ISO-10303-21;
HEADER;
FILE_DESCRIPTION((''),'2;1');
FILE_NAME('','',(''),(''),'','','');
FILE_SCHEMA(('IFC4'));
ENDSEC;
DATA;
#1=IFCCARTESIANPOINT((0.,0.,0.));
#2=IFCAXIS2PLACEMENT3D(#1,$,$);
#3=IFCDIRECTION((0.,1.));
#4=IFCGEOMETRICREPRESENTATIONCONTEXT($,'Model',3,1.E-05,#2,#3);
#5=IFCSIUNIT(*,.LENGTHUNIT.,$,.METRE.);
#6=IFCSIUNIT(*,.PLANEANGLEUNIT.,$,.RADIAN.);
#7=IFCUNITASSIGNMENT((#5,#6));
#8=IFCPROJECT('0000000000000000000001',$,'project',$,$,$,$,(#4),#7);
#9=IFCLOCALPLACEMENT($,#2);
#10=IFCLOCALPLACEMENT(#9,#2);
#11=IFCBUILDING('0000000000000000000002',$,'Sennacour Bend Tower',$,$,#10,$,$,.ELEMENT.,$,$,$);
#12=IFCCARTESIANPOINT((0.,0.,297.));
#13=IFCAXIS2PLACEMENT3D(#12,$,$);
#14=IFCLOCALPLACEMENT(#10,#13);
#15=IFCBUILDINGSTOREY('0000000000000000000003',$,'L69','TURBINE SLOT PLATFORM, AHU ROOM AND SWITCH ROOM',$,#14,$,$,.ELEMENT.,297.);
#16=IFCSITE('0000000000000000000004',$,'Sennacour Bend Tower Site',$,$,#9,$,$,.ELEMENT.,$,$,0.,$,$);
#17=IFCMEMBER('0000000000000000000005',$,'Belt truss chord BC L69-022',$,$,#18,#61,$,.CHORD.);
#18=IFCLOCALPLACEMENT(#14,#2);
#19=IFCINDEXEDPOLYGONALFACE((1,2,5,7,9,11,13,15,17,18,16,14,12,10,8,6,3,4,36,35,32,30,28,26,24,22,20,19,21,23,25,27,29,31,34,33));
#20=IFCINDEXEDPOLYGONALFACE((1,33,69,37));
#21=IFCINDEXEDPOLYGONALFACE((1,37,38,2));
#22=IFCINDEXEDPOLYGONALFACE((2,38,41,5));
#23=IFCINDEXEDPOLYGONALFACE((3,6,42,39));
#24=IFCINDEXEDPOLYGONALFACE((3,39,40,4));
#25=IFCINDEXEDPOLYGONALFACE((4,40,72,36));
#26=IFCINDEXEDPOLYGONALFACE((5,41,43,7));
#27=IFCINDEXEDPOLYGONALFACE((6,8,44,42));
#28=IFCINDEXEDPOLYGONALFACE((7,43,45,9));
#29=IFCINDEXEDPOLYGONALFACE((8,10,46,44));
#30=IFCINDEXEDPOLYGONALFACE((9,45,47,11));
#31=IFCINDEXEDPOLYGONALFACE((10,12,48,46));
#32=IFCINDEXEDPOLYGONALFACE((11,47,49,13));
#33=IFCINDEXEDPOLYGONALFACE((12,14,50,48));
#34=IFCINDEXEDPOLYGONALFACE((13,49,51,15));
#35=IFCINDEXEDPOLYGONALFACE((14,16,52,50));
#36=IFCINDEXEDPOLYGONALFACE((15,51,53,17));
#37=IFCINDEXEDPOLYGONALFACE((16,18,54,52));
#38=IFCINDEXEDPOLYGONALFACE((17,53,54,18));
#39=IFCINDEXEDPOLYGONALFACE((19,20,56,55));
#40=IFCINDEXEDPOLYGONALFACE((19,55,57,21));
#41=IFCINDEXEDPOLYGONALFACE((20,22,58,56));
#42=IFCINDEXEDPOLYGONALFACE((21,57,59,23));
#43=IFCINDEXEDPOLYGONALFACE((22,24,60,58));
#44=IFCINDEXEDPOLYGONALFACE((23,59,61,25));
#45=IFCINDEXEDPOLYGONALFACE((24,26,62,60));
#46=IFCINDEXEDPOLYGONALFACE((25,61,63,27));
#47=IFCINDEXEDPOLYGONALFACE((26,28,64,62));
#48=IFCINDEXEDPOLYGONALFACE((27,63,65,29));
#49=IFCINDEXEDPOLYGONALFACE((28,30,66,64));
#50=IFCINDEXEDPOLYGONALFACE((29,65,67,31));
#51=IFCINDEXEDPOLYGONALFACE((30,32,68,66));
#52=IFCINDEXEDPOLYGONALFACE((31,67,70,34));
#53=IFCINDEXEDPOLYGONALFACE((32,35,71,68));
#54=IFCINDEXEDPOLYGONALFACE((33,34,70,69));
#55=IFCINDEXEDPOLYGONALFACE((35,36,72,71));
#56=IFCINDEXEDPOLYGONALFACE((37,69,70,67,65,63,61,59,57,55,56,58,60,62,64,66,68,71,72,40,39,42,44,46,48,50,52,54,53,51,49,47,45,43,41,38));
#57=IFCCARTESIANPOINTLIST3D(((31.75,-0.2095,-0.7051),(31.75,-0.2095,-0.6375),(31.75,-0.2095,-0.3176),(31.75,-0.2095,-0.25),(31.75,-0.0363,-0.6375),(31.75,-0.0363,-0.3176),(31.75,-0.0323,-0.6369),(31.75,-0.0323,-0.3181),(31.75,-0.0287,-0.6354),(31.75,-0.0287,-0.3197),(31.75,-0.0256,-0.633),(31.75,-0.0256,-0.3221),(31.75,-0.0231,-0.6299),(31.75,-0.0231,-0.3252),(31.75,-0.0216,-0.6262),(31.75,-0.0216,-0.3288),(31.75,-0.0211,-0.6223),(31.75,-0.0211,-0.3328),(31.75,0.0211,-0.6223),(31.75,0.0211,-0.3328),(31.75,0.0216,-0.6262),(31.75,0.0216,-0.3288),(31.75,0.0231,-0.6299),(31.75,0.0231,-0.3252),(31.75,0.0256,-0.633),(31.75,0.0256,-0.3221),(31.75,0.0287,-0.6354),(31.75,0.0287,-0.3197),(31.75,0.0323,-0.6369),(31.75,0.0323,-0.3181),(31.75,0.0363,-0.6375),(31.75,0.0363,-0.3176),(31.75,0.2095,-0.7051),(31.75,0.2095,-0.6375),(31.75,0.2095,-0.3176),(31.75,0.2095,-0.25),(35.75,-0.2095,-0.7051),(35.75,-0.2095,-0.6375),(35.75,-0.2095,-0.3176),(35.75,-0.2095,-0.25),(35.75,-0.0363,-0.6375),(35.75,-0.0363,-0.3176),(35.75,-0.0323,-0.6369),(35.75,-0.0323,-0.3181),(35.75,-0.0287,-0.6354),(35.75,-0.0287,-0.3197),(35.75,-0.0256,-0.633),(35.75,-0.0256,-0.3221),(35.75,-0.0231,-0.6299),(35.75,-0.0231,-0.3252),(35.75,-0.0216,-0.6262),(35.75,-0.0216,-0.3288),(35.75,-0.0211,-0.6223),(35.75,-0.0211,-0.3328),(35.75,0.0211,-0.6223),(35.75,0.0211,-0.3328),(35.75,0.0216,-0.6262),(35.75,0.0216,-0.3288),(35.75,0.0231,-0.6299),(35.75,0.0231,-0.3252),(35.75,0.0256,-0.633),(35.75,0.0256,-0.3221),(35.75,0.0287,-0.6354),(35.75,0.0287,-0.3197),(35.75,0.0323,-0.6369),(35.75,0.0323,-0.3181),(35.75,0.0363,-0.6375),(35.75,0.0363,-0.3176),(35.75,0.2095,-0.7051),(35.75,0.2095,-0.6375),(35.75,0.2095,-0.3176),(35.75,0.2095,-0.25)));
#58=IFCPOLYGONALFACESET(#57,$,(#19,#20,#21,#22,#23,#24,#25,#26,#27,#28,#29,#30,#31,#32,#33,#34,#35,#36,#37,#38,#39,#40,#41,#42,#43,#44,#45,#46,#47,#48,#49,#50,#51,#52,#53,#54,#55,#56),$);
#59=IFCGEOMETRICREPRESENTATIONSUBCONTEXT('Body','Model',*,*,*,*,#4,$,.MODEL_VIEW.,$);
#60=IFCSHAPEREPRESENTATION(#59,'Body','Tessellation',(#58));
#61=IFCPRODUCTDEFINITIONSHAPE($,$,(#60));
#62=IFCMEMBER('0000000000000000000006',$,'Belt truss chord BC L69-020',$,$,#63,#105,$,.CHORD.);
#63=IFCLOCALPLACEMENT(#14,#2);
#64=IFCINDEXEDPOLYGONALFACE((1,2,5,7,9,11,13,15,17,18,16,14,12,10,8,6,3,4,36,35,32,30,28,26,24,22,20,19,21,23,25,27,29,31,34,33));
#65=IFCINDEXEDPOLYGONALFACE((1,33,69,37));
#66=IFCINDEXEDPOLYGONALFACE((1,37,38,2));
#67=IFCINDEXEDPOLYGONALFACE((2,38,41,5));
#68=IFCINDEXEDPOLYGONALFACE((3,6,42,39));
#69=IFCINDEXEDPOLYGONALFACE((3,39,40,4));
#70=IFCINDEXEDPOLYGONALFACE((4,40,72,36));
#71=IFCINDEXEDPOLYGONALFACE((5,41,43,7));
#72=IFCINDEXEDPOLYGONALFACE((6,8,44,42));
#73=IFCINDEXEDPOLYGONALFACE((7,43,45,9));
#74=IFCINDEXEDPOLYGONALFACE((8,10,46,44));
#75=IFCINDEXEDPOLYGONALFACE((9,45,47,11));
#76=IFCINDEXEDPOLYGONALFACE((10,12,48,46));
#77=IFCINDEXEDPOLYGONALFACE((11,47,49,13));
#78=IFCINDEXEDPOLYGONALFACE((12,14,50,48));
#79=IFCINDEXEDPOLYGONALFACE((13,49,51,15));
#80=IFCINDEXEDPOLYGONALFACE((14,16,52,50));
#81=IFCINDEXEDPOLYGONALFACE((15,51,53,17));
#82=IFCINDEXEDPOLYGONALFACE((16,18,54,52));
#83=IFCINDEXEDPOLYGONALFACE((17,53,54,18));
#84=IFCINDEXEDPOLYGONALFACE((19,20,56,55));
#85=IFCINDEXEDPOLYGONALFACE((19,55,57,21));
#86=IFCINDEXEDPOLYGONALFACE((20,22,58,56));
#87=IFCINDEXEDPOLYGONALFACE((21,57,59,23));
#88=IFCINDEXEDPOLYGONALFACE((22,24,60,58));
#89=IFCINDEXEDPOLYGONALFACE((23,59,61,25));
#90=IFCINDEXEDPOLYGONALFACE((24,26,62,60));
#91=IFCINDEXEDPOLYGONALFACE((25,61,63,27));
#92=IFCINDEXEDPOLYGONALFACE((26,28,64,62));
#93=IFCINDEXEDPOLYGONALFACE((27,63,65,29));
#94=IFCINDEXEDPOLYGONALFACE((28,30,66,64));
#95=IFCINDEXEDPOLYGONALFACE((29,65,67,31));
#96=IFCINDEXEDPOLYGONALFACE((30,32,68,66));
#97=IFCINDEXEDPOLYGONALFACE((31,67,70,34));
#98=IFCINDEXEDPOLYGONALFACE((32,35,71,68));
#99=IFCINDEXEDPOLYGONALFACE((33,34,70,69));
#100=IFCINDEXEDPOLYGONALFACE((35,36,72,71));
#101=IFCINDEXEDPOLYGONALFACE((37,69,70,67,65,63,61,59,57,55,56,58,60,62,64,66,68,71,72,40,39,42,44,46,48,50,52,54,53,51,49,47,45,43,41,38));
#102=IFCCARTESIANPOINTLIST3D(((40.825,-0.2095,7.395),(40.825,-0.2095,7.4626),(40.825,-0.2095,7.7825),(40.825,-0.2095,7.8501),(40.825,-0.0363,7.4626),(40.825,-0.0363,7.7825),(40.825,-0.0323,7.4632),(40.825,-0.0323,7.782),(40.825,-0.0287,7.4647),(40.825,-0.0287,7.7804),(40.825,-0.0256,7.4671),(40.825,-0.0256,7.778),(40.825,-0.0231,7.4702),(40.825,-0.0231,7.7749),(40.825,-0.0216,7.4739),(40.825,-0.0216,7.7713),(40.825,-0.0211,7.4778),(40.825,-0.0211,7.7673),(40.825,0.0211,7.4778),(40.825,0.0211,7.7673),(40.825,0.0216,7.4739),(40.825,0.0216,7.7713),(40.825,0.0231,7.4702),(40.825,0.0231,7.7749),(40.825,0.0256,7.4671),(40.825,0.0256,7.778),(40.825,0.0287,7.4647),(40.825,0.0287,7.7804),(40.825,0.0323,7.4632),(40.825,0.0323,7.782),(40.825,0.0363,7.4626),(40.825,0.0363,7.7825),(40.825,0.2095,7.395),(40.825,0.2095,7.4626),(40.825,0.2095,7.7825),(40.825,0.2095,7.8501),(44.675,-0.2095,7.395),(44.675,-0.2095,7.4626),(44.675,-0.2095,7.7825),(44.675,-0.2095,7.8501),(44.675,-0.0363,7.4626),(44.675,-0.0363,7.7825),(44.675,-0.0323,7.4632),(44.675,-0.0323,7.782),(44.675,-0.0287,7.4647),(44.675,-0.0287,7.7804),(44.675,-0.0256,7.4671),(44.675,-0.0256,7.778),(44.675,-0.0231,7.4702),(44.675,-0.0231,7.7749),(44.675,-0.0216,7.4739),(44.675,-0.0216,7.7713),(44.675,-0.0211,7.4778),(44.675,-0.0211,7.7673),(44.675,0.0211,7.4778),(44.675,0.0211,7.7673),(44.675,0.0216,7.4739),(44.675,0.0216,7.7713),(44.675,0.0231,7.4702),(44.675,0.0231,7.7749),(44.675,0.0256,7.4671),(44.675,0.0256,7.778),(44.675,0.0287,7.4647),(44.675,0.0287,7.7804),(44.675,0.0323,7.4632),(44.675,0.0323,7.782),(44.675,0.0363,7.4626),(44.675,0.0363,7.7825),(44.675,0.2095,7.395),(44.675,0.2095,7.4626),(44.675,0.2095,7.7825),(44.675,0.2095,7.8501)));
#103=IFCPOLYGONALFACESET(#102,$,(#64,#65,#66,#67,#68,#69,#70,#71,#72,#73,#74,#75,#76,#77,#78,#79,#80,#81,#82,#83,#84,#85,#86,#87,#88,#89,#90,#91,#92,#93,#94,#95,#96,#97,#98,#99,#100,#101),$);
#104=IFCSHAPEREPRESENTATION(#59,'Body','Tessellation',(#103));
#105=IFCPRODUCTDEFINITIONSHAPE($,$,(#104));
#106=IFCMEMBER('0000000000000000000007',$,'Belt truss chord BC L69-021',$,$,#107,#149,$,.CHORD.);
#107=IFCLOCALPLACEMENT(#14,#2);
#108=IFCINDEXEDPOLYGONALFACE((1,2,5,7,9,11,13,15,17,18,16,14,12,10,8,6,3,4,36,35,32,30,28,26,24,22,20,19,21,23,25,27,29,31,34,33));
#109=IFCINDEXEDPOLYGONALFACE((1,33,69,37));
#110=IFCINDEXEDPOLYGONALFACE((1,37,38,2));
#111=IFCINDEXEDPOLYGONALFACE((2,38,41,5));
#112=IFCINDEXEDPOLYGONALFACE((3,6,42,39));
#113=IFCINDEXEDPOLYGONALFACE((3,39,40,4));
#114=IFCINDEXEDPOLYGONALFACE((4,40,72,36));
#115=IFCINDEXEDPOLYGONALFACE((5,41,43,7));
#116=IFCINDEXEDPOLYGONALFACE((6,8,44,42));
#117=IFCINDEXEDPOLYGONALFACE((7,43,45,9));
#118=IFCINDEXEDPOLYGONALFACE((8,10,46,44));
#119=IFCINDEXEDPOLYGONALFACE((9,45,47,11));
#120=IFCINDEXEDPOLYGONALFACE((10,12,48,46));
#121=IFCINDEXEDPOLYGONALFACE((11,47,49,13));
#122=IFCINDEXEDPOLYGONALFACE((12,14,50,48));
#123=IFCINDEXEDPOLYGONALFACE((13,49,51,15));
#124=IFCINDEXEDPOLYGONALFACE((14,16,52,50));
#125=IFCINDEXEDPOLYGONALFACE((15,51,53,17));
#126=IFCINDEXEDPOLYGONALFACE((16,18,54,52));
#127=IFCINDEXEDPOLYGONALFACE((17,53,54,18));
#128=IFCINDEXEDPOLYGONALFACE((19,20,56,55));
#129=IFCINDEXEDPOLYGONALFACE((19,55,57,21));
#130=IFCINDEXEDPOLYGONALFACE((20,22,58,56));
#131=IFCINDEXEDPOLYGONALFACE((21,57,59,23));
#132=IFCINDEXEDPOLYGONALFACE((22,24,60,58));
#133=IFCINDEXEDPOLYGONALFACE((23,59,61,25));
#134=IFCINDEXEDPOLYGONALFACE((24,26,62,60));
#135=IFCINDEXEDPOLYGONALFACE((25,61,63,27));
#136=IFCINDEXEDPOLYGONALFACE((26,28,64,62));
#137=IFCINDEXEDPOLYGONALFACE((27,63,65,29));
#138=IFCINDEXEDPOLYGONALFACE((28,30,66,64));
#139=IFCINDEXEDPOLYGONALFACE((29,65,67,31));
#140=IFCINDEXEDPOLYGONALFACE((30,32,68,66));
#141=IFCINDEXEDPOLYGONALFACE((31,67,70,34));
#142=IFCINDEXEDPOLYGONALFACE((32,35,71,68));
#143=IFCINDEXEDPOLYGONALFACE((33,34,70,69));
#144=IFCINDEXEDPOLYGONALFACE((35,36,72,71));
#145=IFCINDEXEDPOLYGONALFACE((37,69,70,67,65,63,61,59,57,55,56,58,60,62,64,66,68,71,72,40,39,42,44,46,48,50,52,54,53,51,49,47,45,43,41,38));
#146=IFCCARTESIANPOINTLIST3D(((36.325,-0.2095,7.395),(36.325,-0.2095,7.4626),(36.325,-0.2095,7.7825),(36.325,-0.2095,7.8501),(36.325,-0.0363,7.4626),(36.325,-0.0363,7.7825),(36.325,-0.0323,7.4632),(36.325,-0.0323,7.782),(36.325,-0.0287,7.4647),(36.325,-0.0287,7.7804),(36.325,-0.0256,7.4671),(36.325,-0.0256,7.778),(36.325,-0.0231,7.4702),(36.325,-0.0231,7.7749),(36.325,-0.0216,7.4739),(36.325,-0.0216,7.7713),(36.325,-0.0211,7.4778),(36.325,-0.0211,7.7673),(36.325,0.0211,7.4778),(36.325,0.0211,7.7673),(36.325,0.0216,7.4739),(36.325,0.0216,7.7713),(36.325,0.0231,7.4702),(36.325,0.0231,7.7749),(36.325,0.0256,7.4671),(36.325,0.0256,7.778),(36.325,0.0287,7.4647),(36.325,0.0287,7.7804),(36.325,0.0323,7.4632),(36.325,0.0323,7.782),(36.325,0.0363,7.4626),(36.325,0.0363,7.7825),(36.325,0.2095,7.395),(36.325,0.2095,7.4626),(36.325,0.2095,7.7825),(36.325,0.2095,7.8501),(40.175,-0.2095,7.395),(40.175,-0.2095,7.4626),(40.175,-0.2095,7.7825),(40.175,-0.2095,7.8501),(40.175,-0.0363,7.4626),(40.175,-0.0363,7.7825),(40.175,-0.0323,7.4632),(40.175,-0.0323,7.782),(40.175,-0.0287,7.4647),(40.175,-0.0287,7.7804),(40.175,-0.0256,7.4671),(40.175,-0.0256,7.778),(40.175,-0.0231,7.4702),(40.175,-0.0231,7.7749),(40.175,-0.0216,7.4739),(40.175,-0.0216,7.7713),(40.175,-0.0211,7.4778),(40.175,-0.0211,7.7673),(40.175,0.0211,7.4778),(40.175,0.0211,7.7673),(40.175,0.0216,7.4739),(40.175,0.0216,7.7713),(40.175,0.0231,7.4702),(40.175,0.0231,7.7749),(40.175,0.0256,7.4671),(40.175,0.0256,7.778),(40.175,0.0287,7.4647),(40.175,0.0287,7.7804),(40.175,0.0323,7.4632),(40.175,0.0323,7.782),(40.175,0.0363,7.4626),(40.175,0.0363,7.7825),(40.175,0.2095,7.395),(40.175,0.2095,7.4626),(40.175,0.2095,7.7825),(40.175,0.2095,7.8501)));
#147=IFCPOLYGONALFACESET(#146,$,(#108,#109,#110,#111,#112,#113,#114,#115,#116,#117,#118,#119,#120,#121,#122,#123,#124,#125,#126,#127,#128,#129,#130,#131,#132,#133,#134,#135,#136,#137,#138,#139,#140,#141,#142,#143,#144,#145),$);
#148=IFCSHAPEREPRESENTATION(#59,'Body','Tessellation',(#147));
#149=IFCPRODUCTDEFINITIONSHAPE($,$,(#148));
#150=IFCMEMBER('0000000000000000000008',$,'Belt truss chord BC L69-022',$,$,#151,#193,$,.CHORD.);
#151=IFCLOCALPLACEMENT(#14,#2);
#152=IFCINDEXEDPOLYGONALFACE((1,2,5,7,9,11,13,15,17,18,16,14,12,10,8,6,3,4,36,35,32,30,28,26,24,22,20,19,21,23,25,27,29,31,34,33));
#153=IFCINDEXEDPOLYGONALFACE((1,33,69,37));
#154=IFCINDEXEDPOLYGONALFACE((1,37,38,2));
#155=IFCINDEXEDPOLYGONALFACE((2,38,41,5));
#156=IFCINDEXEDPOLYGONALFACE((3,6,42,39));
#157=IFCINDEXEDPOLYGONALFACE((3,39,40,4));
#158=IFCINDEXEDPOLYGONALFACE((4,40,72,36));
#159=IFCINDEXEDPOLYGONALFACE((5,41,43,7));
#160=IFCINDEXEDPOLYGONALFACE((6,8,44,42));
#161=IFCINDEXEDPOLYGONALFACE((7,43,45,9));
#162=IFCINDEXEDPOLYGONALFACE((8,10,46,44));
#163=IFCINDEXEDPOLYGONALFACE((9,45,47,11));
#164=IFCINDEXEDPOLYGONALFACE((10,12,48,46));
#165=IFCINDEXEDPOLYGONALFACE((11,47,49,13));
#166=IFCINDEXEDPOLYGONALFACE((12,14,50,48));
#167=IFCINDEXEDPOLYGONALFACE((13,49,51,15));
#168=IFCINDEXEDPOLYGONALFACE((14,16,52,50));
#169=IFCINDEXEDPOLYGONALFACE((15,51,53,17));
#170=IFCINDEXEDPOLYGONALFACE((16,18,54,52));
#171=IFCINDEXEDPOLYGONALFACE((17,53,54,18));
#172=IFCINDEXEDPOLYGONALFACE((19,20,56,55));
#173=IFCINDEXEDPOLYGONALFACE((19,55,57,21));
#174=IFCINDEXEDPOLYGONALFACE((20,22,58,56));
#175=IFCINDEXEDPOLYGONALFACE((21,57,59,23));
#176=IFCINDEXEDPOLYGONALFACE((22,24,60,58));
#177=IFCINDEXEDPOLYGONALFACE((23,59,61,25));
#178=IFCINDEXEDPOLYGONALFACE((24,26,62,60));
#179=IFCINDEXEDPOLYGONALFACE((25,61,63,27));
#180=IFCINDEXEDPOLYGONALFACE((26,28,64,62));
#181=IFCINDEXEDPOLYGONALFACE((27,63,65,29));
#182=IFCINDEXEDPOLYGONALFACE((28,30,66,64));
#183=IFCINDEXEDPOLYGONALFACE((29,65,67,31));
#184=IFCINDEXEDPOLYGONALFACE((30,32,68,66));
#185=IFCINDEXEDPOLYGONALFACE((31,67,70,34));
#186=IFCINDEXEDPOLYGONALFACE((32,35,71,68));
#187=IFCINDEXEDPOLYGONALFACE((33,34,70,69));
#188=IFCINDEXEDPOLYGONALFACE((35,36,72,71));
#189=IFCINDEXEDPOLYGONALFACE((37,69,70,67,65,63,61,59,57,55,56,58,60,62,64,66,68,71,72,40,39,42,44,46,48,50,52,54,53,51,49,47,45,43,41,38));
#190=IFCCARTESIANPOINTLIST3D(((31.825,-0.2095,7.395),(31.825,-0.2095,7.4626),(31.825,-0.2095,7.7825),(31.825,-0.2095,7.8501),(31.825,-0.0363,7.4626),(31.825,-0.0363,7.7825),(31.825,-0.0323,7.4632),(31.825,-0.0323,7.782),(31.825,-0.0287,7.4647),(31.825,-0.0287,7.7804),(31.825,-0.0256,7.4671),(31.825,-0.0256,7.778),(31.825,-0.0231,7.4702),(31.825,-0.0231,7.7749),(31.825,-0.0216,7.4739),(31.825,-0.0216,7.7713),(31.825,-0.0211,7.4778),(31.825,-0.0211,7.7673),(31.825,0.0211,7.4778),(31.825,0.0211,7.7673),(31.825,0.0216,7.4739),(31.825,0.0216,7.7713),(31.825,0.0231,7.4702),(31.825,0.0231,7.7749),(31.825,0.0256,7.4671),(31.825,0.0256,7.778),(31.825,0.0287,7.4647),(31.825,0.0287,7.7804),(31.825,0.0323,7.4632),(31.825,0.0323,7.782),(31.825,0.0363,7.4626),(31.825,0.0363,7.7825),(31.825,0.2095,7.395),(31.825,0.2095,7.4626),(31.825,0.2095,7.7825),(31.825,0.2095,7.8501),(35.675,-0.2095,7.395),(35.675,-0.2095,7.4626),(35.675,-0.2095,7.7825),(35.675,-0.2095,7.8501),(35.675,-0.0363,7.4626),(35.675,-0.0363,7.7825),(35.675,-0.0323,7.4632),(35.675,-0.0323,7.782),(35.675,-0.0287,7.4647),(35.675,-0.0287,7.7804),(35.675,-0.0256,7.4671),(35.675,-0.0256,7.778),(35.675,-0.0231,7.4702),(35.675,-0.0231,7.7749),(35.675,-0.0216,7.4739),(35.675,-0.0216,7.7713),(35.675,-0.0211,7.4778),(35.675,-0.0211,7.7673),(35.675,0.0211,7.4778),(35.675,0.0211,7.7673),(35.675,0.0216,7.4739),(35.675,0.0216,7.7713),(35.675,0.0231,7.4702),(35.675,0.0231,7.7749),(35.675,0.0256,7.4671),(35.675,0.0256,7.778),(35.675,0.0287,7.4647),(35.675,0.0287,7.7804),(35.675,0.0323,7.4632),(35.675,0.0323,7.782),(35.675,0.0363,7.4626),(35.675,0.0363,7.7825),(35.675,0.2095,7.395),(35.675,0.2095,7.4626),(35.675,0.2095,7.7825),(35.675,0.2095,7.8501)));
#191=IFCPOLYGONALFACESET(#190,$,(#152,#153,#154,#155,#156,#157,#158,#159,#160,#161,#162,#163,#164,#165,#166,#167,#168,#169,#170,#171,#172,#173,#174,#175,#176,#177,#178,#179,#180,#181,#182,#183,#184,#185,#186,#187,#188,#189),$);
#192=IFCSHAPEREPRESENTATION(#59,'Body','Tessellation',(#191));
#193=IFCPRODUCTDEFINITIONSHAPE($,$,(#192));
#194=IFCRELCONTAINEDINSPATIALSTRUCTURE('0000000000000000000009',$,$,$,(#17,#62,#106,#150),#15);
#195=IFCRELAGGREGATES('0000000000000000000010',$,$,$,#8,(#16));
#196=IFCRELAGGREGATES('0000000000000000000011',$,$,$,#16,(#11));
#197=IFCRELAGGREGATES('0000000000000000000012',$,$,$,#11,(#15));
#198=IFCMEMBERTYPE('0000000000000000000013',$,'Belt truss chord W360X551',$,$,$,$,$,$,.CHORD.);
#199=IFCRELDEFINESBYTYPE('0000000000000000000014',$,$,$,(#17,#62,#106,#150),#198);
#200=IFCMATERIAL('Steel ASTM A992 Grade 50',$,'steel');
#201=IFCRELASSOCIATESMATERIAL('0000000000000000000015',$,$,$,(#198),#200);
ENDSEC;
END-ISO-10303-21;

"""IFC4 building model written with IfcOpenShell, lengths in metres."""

from ifc_helpers import new_model, si_unit, direction, frame, origin, origin_2d, place, context, subcontext, project, spatial, i_section, extrude, material, material_profile, profile_set, type_object, element, save


model = new_model("IFC4")

# Units and contexts
model_context = context("Model", 3, precision=1e-05, world=origin(), true_north=direction((0.0, 1.0)))
body_context = subcontext(model_context, "Body", "Model", "MODEL_VIEW")
ifc_project = project(units=[si_unit("LENGTHUNIT", "METRE"), si_unit("PLANEANGLEUNIT", "RADIAN")], contexts=[model_context])

# Site, building, storey
site_placement = place(None, origin())
site = spatial("IfcSite", under=ifc_project, at=site_placement, Name="Sennacour Bend Tower Site", CompositionType="ELEMENT", RefElevation=0.0)
building_placement = place(site_placement, origin())
building = spatial("IfcBuilding", under=site, at=building_placement, Name="Sennacour Bend Tower", CompositionType="ELEMENT")
storey_placement = place(building_placement, frame((0.0, 0.0, 297.0)))
storey = spatial("IfcBuildingStorey", under=building, at=storey_placement, Name="L69", Description="TURBINE SLOT PLATFORM, AHU ROOM AND SWITCH ROOM", CompositionType="ELEMENT", Elevation=297.0)

# Members
ifc_material_1 = material(Name="Steel ASTM A992 Grade 50", Category="steel")
ifc_material_profile_1 = material_profile(ifc_material_1, i_section(OverallWidth=0.4189, OverallDepth=0.4551, WebThickness=0.0422, FlangeThickness=0.0676, FilletRadius=0.0151, at=origin_2d()), Name="Steel ASTM A992 Grade 50", Category="steel")
ifc_profile_set_1 = profile_set([ifc_material_profile_1], Name="Steel ASTM A992 Grade 50")
member_type_1 = type_object("IfcMemberType", Name="Belt truss chord W360X551", PredefinedType="CHORD", material=ifc_profile_set_1)
for number, where, z_axis, x_axis, name in (
    (1, (35.75, 0.0, -0.4775), (-1.0, 0.0, 0.0), (0.0, -1.0, 0.0), "Belt truss chord BC L69-022"),
):
    element("IfcMember", number, at=place(storey_placement, frame(where, z_axis=z_axis, x_axis=x_axis)), inside=storey, type_object=member_type_1, Name=name, PredefinedType="CHORD", context=body_context, shape_type="SweptSolid", body=[
        extrude(i_section(OverallWidth=0.4189, OverallDepth=0.4551, WebThickness=0.0422, FlangeThickness=0.0676, FilletRadius=0.0151, at=origin_2d()), origin(), (0.0, 0.0, 1.0), 4.0),
    ])
for number, where, z_axis, x_axis, name in (
    (2, (44.675, 0.0, 7.6226), (-1.0, 0.0, 0.0), (0.0, -1.0, 0.0), "Belt truss chord BC L69-020"),
    (3, (40.175, 0.0, 7.6226), (-1.0, 0.0, 0.0), (0.0, -1.0, 0.0), "Belt truss chord BC L69-021"),
    (4, (35.675, 0.0, 7.6226), (-1.0, 0.0, 0.0), (0.0, -1.0, 0.0), "Belt truss chord BC L69-022"),
):
    element("IfcMember", number, at=place(storey_placement, frame(where, z_axis=z_axis, x_axis=x_axis)), inside=storey, type_object=member_type_1, Name=name, PredefinedType="CHORD", context=body_context, shape_type="SweptSolid", body=[
        extrude(i_section(OverallWidth=0.4189, OverallDepth=0.4551, WebThickness=0.0422, FlangeThickness=0.0676, FilletRadius=0.0151, at=origin_2d()), origin(), (0.0, 0.0, 1.0), 3.8501),
    ])

save(model, "model.ifc")
